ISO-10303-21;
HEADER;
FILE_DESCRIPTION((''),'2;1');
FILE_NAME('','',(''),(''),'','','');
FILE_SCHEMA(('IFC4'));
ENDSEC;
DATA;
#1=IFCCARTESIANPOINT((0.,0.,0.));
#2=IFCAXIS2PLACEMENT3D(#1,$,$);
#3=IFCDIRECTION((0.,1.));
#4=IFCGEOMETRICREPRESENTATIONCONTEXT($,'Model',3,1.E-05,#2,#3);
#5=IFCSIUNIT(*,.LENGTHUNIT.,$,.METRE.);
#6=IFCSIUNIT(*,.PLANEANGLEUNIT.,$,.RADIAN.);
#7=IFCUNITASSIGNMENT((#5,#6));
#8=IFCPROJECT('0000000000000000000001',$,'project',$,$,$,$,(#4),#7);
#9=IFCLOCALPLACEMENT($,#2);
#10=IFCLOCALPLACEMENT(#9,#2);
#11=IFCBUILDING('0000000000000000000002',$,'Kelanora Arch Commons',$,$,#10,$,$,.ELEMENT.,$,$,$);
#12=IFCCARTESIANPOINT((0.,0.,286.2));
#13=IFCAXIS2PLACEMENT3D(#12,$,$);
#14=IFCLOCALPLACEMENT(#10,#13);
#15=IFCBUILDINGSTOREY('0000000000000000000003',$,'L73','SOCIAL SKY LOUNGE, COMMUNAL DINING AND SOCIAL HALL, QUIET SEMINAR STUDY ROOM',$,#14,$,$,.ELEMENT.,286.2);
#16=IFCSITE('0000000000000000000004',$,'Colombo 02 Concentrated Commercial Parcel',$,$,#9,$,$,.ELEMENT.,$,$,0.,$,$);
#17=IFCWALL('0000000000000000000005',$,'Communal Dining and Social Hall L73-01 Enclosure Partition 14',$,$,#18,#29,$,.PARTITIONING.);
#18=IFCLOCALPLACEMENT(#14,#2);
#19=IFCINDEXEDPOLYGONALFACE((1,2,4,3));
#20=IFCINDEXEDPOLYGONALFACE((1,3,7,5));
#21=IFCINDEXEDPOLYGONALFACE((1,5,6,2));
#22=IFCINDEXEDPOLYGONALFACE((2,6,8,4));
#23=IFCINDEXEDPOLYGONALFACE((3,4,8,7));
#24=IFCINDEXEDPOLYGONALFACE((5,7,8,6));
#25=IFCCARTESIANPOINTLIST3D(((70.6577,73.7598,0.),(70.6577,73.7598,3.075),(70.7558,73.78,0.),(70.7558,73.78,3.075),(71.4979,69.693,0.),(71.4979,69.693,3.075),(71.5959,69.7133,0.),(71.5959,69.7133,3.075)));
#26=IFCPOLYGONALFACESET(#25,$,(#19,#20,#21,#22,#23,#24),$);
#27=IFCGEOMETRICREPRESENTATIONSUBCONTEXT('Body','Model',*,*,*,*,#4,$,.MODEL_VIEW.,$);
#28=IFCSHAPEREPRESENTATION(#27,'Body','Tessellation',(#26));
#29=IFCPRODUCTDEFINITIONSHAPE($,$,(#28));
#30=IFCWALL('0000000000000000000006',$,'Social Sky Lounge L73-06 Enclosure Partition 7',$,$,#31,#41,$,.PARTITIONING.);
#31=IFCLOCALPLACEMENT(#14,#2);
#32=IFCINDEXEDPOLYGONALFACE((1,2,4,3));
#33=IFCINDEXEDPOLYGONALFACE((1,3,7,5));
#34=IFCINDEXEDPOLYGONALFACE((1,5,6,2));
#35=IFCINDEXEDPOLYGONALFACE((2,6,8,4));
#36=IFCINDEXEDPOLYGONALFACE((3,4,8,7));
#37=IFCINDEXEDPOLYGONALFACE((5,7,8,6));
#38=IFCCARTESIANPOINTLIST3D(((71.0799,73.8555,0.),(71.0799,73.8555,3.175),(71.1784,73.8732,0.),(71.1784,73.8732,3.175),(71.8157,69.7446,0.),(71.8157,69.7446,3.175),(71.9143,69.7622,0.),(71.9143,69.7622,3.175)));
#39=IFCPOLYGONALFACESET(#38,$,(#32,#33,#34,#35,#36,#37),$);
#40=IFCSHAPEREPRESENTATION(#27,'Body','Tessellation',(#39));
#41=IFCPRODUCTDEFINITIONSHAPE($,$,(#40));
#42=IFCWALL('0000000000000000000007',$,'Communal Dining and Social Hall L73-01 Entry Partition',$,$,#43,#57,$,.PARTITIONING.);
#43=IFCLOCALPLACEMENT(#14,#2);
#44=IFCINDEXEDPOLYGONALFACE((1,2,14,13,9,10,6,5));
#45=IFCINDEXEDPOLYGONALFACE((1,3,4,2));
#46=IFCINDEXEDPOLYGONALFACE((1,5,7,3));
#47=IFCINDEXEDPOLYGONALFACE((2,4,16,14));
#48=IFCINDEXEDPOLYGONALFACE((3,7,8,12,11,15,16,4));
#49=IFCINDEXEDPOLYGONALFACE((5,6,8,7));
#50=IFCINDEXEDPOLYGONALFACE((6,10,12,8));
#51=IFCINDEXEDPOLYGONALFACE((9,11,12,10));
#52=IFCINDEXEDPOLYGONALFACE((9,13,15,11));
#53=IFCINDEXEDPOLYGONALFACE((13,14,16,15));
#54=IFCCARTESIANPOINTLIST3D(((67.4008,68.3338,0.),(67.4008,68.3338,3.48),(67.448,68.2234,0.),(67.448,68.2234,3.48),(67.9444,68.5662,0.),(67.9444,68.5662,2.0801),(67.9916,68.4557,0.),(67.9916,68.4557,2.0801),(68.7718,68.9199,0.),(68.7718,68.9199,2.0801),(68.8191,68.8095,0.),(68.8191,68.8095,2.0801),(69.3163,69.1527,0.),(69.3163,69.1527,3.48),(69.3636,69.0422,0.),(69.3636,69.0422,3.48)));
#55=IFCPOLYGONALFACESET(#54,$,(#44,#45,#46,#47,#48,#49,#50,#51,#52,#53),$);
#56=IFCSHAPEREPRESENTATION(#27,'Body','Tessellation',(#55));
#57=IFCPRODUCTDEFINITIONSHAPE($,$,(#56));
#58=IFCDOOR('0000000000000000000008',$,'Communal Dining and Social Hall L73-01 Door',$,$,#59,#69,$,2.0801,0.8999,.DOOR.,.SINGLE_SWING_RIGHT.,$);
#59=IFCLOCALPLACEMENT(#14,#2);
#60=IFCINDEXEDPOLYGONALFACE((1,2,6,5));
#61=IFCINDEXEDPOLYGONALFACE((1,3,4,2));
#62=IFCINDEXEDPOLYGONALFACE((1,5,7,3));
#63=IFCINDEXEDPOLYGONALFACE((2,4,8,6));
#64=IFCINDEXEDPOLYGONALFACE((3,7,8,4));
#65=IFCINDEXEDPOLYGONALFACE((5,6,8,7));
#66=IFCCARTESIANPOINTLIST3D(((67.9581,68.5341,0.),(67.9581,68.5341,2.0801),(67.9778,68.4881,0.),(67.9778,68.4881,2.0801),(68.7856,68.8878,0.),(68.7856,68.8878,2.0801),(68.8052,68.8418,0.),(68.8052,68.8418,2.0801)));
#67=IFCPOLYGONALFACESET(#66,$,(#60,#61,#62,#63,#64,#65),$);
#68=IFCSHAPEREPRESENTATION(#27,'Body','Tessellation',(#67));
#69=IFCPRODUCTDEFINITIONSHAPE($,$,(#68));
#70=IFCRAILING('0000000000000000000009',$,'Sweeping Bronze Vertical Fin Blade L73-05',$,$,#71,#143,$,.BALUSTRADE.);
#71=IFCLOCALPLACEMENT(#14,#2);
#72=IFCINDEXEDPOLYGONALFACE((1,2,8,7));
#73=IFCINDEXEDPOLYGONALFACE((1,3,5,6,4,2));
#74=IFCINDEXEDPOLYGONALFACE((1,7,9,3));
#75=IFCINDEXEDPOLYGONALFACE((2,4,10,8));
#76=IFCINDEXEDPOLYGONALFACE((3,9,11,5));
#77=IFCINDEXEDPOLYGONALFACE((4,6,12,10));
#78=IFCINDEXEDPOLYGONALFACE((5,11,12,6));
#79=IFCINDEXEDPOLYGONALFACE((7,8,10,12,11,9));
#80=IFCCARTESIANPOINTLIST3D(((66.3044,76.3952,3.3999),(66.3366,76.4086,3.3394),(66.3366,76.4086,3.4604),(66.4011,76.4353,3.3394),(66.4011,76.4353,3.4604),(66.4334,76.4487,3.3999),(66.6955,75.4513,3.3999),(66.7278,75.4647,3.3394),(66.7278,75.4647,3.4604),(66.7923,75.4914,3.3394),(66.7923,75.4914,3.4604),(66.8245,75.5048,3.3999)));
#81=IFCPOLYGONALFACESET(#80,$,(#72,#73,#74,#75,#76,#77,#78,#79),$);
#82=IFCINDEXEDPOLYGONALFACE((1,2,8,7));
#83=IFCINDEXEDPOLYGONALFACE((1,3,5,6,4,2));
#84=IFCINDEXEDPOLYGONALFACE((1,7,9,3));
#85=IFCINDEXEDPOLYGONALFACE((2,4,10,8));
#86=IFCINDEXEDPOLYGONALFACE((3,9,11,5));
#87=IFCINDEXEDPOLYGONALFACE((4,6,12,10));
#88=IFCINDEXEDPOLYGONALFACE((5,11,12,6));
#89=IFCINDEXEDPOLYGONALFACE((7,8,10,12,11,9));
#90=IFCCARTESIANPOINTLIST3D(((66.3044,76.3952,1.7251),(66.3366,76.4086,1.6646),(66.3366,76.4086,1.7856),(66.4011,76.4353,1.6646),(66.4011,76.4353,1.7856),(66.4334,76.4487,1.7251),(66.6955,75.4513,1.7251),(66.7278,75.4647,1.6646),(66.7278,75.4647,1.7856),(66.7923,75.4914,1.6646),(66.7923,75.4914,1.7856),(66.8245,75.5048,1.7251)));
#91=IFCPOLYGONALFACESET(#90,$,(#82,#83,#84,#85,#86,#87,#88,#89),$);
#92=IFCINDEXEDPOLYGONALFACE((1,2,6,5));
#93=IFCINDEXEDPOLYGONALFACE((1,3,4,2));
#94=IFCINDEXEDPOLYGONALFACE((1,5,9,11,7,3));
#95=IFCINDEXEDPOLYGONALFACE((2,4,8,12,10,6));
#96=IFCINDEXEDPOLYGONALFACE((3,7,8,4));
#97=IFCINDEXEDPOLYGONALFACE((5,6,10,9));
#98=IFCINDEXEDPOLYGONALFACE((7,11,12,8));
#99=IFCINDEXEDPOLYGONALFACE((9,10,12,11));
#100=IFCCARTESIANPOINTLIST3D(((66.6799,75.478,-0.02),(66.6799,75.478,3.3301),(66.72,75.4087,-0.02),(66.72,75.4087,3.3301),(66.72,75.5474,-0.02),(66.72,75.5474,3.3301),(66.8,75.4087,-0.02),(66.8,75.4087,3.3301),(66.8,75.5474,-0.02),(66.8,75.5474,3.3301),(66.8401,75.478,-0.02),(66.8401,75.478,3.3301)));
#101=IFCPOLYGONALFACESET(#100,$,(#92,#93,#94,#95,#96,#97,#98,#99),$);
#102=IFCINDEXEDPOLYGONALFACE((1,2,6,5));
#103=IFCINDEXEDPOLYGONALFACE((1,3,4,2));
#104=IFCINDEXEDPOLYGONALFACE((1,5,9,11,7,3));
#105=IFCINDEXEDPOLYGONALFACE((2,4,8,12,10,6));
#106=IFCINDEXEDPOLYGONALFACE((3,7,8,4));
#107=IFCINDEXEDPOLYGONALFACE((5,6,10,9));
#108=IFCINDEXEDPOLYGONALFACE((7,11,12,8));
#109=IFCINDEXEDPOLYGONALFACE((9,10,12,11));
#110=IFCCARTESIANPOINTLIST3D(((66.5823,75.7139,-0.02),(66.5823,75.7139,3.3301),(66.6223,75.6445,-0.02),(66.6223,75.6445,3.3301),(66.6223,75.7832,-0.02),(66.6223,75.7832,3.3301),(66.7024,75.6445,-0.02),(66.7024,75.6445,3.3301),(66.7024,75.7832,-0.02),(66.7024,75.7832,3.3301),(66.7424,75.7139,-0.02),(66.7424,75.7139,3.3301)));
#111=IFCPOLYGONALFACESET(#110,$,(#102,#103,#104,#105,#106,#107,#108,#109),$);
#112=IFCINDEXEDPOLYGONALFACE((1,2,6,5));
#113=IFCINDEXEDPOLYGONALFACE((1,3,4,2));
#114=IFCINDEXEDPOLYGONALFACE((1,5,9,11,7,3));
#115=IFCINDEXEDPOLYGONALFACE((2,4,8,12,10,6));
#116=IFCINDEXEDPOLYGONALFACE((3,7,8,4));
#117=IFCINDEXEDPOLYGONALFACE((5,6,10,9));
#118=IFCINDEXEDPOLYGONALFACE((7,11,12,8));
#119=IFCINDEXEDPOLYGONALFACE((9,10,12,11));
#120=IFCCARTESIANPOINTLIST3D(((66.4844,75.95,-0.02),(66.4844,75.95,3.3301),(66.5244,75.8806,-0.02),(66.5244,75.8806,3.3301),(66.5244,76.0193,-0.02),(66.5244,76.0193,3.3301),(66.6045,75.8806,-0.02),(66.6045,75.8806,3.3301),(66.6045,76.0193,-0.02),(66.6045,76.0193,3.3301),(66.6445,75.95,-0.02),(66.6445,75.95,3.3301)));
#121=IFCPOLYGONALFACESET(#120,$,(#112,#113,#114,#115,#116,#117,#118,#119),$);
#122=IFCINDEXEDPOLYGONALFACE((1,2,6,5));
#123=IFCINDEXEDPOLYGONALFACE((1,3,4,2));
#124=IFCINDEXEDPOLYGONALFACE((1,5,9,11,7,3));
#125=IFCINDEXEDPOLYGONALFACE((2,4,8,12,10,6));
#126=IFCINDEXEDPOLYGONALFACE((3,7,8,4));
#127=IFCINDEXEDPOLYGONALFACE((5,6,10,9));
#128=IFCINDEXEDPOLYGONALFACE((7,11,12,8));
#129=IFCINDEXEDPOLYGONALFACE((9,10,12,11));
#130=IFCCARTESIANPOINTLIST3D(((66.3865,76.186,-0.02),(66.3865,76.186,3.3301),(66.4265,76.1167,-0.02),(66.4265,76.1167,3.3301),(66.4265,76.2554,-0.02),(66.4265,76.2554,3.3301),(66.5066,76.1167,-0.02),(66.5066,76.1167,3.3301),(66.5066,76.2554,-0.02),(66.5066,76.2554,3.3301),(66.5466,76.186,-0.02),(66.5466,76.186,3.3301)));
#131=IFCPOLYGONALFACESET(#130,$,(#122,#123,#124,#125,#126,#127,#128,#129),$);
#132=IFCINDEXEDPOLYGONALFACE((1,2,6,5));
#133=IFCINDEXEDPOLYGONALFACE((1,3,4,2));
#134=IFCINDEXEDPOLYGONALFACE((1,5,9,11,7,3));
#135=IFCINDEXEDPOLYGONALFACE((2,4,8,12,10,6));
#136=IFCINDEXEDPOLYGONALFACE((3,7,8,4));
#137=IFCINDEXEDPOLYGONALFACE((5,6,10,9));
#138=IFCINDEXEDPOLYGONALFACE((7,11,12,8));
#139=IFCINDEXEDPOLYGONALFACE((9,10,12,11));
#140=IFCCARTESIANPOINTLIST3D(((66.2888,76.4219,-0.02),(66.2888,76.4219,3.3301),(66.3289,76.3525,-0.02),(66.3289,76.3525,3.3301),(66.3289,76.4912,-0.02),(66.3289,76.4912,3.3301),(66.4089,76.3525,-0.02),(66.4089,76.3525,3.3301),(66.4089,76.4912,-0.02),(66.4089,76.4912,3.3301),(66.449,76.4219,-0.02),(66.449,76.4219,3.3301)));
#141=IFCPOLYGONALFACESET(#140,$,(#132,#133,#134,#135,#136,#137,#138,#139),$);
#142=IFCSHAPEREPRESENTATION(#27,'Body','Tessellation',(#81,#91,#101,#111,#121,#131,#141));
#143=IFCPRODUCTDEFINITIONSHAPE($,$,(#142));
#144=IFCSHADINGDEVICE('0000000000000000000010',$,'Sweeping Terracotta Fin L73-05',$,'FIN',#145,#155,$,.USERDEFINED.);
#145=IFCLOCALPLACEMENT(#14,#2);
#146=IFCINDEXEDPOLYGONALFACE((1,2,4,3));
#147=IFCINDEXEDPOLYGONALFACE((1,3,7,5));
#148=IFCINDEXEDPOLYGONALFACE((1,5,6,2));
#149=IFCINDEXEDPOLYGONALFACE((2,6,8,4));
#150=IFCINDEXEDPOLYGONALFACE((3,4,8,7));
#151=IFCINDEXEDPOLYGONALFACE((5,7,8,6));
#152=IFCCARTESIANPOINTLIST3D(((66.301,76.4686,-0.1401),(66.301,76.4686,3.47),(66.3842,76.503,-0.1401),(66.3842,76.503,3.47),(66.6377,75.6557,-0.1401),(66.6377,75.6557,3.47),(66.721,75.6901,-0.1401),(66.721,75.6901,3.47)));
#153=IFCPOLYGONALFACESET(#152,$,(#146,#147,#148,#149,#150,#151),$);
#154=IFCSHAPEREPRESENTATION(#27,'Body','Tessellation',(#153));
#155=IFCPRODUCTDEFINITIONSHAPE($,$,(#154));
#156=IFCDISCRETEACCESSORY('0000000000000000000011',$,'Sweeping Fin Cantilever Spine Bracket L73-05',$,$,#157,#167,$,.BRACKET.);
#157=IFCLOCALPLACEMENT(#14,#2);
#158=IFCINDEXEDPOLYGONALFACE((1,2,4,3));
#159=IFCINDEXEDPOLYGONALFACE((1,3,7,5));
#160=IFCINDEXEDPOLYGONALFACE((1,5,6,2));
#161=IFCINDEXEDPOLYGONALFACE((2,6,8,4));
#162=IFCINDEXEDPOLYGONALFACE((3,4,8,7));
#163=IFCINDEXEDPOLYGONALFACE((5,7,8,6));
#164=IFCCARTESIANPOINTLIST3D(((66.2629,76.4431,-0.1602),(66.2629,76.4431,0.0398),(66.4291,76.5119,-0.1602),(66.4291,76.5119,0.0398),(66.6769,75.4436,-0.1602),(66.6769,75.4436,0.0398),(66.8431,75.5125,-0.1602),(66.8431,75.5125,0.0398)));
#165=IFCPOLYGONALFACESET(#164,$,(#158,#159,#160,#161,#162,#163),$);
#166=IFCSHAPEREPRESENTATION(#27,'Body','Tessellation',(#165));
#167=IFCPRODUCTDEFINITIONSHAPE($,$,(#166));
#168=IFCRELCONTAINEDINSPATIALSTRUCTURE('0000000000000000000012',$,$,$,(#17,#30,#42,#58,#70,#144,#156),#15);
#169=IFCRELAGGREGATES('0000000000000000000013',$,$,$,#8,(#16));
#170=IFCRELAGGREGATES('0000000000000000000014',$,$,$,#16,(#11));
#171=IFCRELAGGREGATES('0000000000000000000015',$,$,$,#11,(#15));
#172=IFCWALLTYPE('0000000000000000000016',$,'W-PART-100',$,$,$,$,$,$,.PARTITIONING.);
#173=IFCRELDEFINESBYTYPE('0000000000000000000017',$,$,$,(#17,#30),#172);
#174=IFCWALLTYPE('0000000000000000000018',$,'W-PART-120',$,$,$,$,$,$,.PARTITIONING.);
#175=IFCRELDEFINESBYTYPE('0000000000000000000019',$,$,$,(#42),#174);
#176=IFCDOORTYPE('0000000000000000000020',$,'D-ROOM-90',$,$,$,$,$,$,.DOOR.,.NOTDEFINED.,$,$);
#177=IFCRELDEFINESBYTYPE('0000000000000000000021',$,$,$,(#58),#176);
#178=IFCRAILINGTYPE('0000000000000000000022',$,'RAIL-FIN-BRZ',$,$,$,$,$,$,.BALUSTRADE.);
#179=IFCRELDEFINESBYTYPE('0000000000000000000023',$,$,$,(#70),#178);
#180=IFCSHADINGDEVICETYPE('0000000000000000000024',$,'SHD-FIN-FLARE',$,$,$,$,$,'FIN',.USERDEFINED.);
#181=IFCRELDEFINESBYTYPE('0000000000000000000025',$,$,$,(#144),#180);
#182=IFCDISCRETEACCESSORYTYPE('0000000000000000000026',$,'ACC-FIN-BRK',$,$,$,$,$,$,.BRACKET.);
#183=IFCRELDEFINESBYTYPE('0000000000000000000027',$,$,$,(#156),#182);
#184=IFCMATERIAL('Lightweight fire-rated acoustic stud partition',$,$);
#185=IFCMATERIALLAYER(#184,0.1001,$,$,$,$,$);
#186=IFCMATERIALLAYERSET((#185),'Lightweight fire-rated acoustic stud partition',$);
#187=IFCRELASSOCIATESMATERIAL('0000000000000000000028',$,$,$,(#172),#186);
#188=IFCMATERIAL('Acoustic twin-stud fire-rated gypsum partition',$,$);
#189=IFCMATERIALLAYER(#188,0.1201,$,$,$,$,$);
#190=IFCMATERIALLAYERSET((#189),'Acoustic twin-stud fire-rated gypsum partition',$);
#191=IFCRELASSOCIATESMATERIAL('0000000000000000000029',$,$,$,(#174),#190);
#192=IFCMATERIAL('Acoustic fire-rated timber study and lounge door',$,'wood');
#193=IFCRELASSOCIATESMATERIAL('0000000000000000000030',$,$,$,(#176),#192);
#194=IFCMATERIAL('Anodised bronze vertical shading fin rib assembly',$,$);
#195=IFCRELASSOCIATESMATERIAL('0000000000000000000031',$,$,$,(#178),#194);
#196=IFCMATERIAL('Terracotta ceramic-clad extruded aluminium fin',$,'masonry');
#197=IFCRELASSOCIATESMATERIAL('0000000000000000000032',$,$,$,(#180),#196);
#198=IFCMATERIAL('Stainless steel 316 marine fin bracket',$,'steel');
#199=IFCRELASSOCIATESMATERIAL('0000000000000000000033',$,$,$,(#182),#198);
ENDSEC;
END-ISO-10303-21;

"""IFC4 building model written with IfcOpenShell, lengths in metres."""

from ifc_helpers import new_model, si_unit, direction, frame, frame_2d, origin, origin_2d, place, context, subcontext, project, spatial, polyline, rectangle, outline, extrude, source, transform, mapped, material, layer, layer_set, type_object, element, fill, save


model = new_model("IFC4")

# Units and contexts
model_context = context("Model", 3, precision=1e-05, world=origin(), true_north=direction((0.0, 1.0)))
body_context = subcontext(model_context, "Body", "Model", "MODEL_VIEW")
ifc_project = project(units=[si_unit("LENGTHUNIT", "METRE"), si_unit("PLANEANGLEUNIT", "RADIAN")], contexts=[model_context])

# Site, building, storey
site_placement = place(None, origin())
site = spatial("IfcSite", under=ifc_project, at=site_placement, Name="Colombo 02 Concentrated Commercial Parcel", CompositionType="ELEMENT", RefElevation=0.0)
building_placement = place(site_placement, origin())
building = spatial("IfcBuilding", under=site, at=building_placement, Name="Kelanora Arch Commons", CompositionType="ELEMENT")
storey_placement = place(building_placement, frame((0.0, 0.0, 286.2)))
storey = spatial("IfcBuildingStorey", under=building, at=storey_placement, Name="L73", Description="SOCIAL SKY LOUNGE, COMMUNAL DINING AND SOCIAL HALL, QUIET SEMINAR STUDY ROOM", CompositionType="ELEMENT", Elevation=286.2)

# Walls
ifc_material_1 = material(Name="Lightweight fire-rated acoustic stud partition")
ifc_layer_1 = layer(ifc_material_1, 0.1001)
ifc_layer_set_1 = layer_set([ifc_layer_1], Name="Lightweight fire-rated acoustic stud partition")
wall_type_1 = type_object("IfcWallType", Name="W-PART-100", PredefinedType="PARTITIONING", material=ifc_layer_set_1)
wall_1_placement = place(storey_placement, frame((70.7068, 73.7698, 0.0), z_axis=(0.0, 0.0, 1.0), x_axis=(0.202308, -0.979322, 0.0)))
element("IfcWall", 1, at=wall_1_placement, inside=storey, type_object=wall_type_1, Name="Communal Dining and Social Hall L73-01 Enclosure Partition 14", PredefinedType="PARTITIONING", context=body_context, shape_type="SweptSolid", body=[
    extrude(rectangle(XDim=4.1526, YDim=0.1001, at=frame_2d((2.0762, 0.0))), origin(), (0.0, 0.0, 1.0), 3.075),
])
wall_2_placement = place(storey_placement, frame((71.865, 69.7534, 0.0), z_axis=(0.0, 0.0, 1.0), x_axis=(-0.176199, 0.984355, 0.0)))
element("IfcWall", 2, at=wall_2_placement, inside=storey, type_object=wall_type_1, Name="Social Sky Lounge L73-06 Enclosure Partition 7", PredefinedType="PARTITIONING", context=body_context, shape_type="SweptSolid", body=[
    extrude(rectangle(XDim=4.1763, YDim=0.1001, at=frame_2d((2.0881, 0.0))), origin(), (0.0, 0.0, 1.0), 3.175),
])

# Wall, opening, door
ifc_material_2 = material(Name="Acoustic twin-stud fire-rated gypsum partition")
ifc_layer_2 = layer(ifc_material_2, 0.1201)
ifc_layer_set_2 = layer_set([ifc_layer_2], Name="Acoustic twin-stud fire-rated gypsum partition")
wall_type_2 = type_object("IfcWallType", Name="W-PART-120", PredefinedType="PARTITIONING", material=ifc_layer_set_2)
wall_3_placement = place(storey_placement, frame((69.3398, 69.0974, 0.0), z_axis=(0.0, 0.0, 1.0), x_axis=(-0.919508, -0.39307, 0.0)))
wall_3 = element("IfcWall", 3, at=wall_3_placement, inside=storey, type_object=wall_type_2, Name="Communal Dining and Social Hall L73-01 Entry Partition", PredefinedType="PARTITIONING", context=body_context, shape_type="SweptSolid", body=[
    extrude(rectangle(XDim=2.0833, YDim=0.1201, at=frame_2d((1.0415, 0.0))), origin(), (0.0, 0.0, 1.0), 3.48),
])
opening_placement = place(wall_3_placement, frame((0.592, 0.0, 0.0)))
opening = element("IfcOpeningElement", 4, at=opening_placement, cuts=wall_3, PredefinedType="OPENING", context=body_context, shape_type="SweptSolid", body=[
    extrude(rectangle(XDim=0.8999, YDim=2.0801, at=frame_2d((0.45, 1.04))), frame((0.0, 0.0701, 0.0), z_axis=(0.0, -1.0, 0.0), x_axis=(1.0, 0.0, 0.0)), (0.0, 0.0, 1.0), 0.1401),
])
ifc_material_3 = material(Name="Acoustic fire-rated timber study and lounge door", Category="wood")
door_type = type_object("IfcDoorType", Name="D-ROOM-90", OperationType="NOTDEFINED", PredefinedType="DOOR", material=ifc_material_3)
door_placement = place(opening_placement, origin())
door = element("IfcDoor", 5, at=door_placement, inside=storey, type_object=door_type, Name="Communal Dining and Social Hall L73-01 Door", OperationType="SINGLE_SWING_RIGHT", OverallHeight=2.0801, OverallWidth=0.8999, PredefinedType="DOOR", context=body_context, shape_type="SweptSolid", body=[
    extrude(rectangle(XDim=0.8999, YDim=2.0801, at=frame_2d((0.45, 1.04))), frame((0.0, 0.0249, 0.0), z_axis=(0.0, -1.0, 0.0), x_axis=(1.0, 0.0, 0.0)), (0.0, 0.0, 1.0), 0.05),
])
fill(opening, door)

# Railing
ifc_material_4 = material(Name="Anodised bronze vertical shading fin rib assembly")
railing_type = type_object("IfcRailingType", Name="RAIL-FIN-BRZ", PredefinedType="BALUSTRADE", material=ifc_material_4)
railing_placement = place(storey_placement, frame((66.76, 75.478, -0.02)))
element("IfcRailing", 6, at=railing_placement, inside=storey, type_object=railing_type, Name="Sweeping Bronze Vertical Fin Blade L73-05", PredefinedType="BALUSTRADE", context=body_context, shape_type="SweptSolid", body=[
    extrude(outline(polyline([(0.0698, 0.0), (0.0349, 0.0605), (-0.0349, 0.0605), (-0.0698, 0.0), (-0.0349, -0.0605), (0.0349, -0.0605), (0.0698, 0.0)])), frame((0.0, 0.0, 3.4199), z_axis=(-0.382816, 0.923825, 0.0), x_axis=(-0.923825, -0.382816, 0.0)), (0.0, 0.0, 1.0), 1.0217),
    extrude(outline(polyline([(0.0698, 0.0), (0.0349, 0.0605), (-0.0349, 0.0605), (-0.0698, 0.0), (-0.0349, -0.0605), (0.0349, -0.0605), (0.0698, 0.0)])), frame((0.0, 0.0, 1.7451), z_axis=(-0.382816, 0.923825, 0.0), x_axis=(-0.923825, -0.382816, 0.0)), (0.0, 0.0, 1.0), 1.0217),
    extrude(outline(polyline([(0.0801, 0.0), (0.04, 0.0693), (-0.04, 0.0693), (-0.0801, 0.0), (-0.04, -0.0693), (0.04, -0.0693), (0.0801, 0.0)])), origin(), (0.0, 0.0, 1.0), 3.3501),
    extrude(outline(polyline([(0.0801, 0.0), (0.04, 0.0693), (-0.04, 0.0693), (-0.0801, 0.0), (-0.04, -0.0693), (0.04, -0.0693), (0.0801, 0.0)])), frame((-0.0977, 0.2358, 0.0)), (0.0, 0.0, 1.0), 3.3501),
    extrude(outline(polyline([(0.0801, 0.0), (0.04, 0.0693), (-0.04, 0.0693), (-0.0801, 0.0), (-0.04, -0.0693), (0.04, -0.0693), (0.0801, 0.0)])), frame((-0.1956, 0.4719, 0.0)), (0.0, 0.0, 1.0), 3.3501),
    extrude(outline(polyline([(0.0801, 0.0), (0.04, 0.0693), (-0.04, 0.0693), (-0.0801, 0.0), (-0.04, -0.0693), (0.04, -0.0693), (0.0801, 0.0)])), frame((-0.2935, 0.708, 0.0)), (0.0, 0.0, 1.0), 3.3501),
    extrude(outline(polyline([(0.0801, 0.0), (0.04, 0.0693), (-0.04, 0.0693), (-0.0801, 0.0), (-0.04, -0.0693), (0.04, -0.0693), (0.0801, 0.0)])), frame((-0.3911, 0.9438, 0.0)), (0.0, 0.0, 1.0), 3.3501),
])

# Shading device
ifc_material_5 = material(Name="Terracotta ceramic-clad extruded aluminium fin", Category="masonry")
shading_device_type = type_object("IfcShadingDeviceType", Name="SHD-FIN-FLARE", ElementType="FIN", PredefinedType="USERDEFINED", material=ifc_material_5)
shared_shape_1 = source(origin(), body_context, "Body", "SweptSolid", [
    extrude(rectangle(XDim=0.8799, YDim=0.0901, at=origin_2d()), origin(), (0.0, 0.0, 1.0), 3.6101),
])
shading_device_placement = place(storey_placement, frame((66.511, 76.0793, -0.1401), z_axis=(0.0, 0.0, 1.0), x_axis=(-0.382683, 0.92388, 0.0)))
element("IfcShadingDevice", 7, at=shading_device_placement, inside=storey, type_object=shading_device_type, Name="Sweeping Terracotta Fin L73-05", ObjectType="FIN", PredefinedType="USERDEFINED", context=body_context, shape_type="MappedRepresentation", body=[
    mapped(shared_shape_1, transform((0.0, 0.0, 0.0), scale=1.0)),
])

# Discrete accessory
ifc_material_6 = material(Name="Stainless steel 316 marine fin bracket", Category="steel")
discrete_accessory_type = type_object("IfcDiscreteAccessoryType", Name="ACC-FIN-BRK", PredefinedType="BRACKET", material=ifc_material_6)
shared_shape_2 = source(origin(), body_context, "Body", "SweptSolid", [
    extrude(rectangle(XDim=1.0818, YDim=0.1799, at=origin_2d()), origin(), (0.0, 0.0, 1.0), 0.2),
])
discrete_accessory_placement = place(storey_placement, frame((66.553, 75.9778, -0.1602), z_axis=(0.0, 0.0, 1.0), x_axis=(-0.382683, 0.92388, 0.0)))
element("IfcDiscreteAccessory", 8, at=discrete_accessory_placement, inside=storey, type_object=discrete_accessory_type, Name="Sweeping Fin Cantilever Spine Bracket L73-05", PredefinedType="BRACKET", context=body_context, shape_type="MappedRepresentation", body=[
    mapped(shared_shape_2, transform((0.0, 0.0, 0.0), scale=1.0)),
])

save(model, "model.ifc")
